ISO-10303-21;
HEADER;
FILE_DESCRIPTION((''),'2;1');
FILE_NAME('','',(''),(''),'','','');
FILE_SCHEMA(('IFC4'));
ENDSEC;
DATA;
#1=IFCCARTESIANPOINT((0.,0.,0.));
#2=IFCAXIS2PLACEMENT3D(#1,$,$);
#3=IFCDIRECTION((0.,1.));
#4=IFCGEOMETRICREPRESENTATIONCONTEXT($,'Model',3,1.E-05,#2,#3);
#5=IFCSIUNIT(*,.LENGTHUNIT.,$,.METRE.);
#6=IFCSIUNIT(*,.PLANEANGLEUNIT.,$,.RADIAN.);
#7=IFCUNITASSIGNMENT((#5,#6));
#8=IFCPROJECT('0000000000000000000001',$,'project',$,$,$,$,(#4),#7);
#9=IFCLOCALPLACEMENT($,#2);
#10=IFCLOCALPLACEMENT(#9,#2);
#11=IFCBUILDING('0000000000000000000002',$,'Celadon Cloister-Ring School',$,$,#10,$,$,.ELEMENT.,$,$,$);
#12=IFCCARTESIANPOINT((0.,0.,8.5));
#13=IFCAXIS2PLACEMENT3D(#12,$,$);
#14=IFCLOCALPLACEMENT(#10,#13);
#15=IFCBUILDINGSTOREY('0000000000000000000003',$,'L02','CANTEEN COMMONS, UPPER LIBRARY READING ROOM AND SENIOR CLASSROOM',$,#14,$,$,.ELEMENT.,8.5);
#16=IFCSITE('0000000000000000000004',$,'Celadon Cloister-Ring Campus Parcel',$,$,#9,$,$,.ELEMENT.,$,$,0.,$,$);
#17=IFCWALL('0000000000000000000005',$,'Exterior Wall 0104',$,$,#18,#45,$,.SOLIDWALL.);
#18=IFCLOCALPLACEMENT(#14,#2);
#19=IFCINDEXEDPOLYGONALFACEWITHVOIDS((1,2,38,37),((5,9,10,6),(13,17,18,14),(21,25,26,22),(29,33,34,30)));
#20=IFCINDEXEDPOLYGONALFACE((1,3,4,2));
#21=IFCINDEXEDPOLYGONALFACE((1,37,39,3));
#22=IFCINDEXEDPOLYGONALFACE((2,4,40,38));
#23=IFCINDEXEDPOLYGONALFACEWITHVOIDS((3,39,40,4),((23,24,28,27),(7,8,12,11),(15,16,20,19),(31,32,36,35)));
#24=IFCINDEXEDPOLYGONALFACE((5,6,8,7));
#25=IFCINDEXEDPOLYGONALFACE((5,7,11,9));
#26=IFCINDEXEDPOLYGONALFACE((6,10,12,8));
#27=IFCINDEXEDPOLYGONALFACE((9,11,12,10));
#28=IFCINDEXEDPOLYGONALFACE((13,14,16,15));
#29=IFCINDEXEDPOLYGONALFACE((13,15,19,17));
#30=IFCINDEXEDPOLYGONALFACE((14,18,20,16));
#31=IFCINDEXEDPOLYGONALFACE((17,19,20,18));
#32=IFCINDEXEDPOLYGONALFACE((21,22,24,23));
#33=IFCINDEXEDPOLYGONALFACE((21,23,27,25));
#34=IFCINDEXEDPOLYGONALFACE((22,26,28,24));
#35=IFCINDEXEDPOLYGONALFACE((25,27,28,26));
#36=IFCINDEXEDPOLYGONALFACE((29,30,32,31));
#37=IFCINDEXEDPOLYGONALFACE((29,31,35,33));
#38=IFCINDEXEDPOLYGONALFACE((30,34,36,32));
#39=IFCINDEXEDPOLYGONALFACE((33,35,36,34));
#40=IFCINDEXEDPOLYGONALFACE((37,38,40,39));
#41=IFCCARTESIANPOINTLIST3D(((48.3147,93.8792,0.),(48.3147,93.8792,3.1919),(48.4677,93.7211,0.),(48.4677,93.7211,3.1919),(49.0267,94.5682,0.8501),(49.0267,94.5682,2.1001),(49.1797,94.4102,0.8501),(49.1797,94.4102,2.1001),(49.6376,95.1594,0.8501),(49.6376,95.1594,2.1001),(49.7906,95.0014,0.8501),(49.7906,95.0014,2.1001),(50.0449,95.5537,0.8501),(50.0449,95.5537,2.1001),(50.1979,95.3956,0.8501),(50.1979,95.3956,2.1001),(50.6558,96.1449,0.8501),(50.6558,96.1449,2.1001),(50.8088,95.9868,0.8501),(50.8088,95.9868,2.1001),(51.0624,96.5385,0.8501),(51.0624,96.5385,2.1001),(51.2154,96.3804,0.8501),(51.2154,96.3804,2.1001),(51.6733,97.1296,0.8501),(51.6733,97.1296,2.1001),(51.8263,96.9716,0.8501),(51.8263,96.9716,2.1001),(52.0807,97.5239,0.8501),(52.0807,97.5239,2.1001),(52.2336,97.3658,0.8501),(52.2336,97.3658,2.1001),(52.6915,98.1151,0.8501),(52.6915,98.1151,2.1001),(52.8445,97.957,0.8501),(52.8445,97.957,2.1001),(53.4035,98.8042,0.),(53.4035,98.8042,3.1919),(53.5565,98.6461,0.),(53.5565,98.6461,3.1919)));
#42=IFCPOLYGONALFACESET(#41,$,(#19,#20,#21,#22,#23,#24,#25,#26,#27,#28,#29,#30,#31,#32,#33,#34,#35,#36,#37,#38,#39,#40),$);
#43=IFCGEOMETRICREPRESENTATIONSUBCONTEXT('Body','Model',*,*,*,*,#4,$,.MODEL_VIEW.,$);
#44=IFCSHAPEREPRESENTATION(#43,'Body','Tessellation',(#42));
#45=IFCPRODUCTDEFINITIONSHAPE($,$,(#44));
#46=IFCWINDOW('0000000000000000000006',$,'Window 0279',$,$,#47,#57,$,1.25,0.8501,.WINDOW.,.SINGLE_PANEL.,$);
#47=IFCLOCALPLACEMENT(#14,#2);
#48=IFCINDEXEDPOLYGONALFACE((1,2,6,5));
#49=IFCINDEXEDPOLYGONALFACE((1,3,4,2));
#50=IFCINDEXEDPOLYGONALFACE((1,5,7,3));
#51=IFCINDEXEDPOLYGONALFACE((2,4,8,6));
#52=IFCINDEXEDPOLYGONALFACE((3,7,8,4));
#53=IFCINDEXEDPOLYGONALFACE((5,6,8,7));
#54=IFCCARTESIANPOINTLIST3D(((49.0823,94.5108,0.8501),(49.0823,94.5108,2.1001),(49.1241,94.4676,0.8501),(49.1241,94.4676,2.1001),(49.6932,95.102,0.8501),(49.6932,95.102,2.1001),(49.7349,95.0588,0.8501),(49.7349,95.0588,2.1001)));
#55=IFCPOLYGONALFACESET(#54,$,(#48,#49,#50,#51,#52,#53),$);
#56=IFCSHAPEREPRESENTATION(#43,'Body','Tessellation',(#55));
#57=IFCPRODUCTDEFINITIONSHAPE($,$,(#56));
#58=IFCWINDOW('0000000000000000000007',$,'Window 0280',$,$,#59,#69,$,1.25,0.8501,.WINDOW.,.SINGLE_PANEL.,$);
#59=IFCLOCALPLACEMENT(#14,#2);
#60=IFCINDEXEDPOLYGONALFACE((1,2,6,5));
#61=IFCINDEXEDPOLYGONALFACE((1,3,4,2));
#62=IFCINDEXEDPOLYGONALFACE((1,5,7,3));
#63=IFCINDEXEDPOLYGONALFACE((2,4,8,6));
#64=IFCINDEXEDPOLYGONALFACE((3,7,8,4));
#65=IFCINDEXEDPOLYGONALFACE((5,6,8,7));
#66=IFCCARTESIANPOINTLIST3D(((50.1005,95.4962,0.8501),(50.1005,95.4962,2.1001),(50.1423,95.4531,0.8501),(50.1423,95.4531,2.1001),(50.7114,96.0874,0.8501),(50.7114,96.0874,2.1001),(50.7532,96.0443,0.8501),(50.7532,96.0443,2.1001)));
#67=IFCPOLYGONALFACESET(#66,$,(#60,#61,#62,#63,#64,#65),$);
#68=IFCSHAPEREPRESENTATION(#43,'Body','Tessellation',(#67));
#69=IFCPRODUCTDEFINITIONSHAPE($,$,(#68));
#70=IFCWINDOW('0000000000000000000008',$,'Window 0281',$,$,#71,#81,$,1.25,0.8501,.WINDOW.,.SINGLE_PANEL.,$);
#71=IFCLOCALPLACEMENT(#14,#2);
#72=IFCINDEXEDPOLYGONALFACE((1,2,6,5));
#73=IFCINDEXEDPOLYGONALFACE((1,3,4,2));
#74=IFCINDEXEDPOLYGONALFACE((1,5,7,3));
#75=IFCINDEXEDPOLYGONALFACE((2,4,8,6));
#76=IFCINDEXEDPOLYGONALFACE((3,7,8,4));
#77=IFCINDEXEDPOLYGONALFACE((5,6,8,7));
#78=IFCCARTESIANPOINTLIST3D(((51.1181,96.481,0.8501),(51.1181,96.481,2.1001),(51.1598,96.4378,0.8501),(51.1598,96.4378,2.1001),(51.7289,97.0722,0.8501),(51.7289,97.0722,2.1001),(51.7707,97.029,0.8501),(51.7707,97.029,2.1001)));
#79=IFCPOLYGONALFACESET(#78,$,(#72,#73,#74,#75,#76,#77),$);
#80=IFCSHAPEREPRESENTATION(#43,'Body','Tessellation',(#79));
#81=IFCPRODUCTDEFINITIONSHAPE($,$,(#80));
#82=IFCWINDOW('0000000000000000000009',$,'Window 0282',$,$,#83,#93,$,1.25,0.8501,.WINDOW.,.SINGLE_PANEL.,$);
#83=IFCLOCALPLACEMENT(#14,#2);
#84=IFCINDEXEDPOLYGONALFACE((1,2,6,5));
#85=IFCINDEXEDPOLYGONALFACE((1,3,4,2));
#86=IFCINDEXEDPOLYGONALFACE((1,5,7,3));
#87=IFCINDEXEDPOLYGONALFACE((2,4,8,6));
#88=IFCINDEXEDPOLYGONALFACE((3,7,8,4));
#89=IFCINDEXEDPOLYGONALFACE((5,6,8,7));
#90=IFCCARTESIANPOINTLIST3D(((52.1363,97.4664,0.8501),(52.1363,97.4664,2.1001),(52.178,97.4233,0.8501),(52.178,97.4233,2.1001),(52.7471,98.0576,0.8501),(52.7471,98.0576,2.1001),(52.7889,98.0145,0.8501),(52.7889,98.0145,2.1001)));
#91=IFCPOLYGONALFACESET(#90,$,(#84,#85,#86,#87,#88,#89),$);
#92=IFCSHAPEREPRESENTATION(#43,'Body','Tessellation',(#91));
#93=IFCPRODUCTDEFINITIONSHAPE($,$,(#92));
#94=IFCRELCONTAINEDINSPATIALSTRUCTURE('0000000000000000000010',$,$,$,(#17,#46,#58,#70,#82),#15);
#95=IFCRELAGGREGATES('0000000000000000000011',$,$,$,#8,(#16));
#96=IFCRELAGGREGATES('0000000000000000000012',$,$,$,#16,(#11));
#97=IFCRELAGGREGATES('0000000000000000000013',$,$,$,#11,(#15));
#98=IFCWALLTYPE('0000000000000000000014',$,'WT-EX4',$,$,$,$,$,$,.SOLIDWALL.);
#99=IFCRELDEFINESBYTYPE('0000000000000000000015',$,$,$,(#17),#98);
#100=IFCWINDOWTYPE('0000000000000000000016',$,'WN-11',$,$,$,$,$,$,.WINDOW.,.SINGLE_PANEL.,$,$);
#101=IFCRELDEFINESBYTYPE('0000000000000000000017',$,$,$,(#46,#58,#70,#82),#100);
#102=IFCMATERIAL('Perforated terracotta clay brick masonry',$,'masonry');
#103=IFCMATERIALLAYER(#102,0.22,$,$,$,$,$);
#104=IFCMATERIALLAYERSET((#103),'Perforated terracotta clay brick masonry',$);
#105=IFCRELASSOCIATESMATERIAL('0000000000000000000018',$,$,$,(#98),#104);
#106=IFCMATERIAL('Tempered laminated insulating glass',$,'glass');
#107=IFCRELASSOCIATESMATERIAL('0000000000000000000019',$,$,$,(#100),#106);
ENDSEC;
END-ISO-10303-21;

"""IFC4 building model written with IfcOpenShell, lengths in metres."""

from ifc_helpers import new_model, si_unit, direction, frame, frame_2d, origin, place, context, subcontext, project, spatial, rectangle, extrude, material, layer, layer_set, type_object, element, fill, save


model = new_model("IFC4")

# Units and contexts
model_context = context("Model", 3, precision=1e-05, world=origin(), true_north=direction((0.0, 1.0)))
body_context = subcontext(model_context, "Body", "Model", "MODEL_VIEW")
ifc_project = project(units=[si_unit("LENGTHUNIT", "METRE"), si_unit("PLANEANGLEUNIT", "RADIAN")], contexts=[model_context])

# Site, building, storey
site_placement = place(None, origin())
site = spatial("IfcSite", under=ifc_project, at=site_placement, Name="Celadon Cloister-Ring Campus Parcel", CompositionType="ELEMENT", RefElevation=0.0)
building_placement = place(site_placement, origin())
building = spatial("IfcBuilding", under=site, at=building_placement, Name="Celadon Cloister-Ring School", CompositionType="ELEMENT")
storey_placement = place(building_placement, frame((0.0, 0.0, 8.5)))
storey = spatial("IfcBuildingStorey", under=building, at=storey_placement, Name="L02", Description="CANTEEN COMMONS, UPPER LIBRARY READING ROOM AND SENIOR CLASSROOM", CompositionType="ELEMENT", Elevation=8.5)

# Wall, openings, windows
ifc_material_1 = material(Name="Perforated terracotta clay brick masonry", Category="masonry")
ifc_layer_1 = layer(ifc_material_1, 0.22)
ifc_layer_set_1 = layer_set([ifc_layer_1], Name="Perforated terracotta clay brick masonry")
wall_type_1 = type_object("IfcWallType", Name="WT-EX4", PredefinedType="SOLIDWALL", material=ifc_layer_set_1)
wall_1_placement = place(storey_placement, frame((48.3911, 93.8, 0.0), z_axis=(0.0, 0.0, 1.0), x_axis=(0.718578, 0.695446, 0.0)))
wall_1 = element("IfcWall", 1, at=wall_1_placement, inside=storey, type_object=wall_type_1, Name="Exterior Wall 0104", PredefinedType="SOLIDWALL", context=body_context, shape_type="SweptSolid", body=[
    extrude(rectangle(XDim=7.0818, YDim=0.22, at=frame_2d((3.541, 0.0))), origin(), (0.0, 0.0, 1.0), 3.1919),
])
opening_1_placement = place(wall_1_placement, frame((0.991, 0.0, 0.8501)))
opening_1 = element("IfcOpeningElement", 2, at=opening_1_placement, cuts=wall_1, PredefinedType="OPENING", context=body_context, shape_type="SweptSolid", body=[
    extrude(rectangle(XDim=0.8501, YDim=1.25, at=frame_2d((0.425, 0.625))), frame((0.0, 0.1201, 0.0), z_axis=(0.0, -1.0, 0.0), x_axis=(1.0, 0.0, 0.0)), (0.0, 0.0, 1.0), 0.24),
])
opening_2_placement = place(wall_1_placement, frame((2.408, 0.0, 0.8501)))
opening_2 = element("IfcOpeningElement", 3, at=opening_2_placement, cuts=wall_1, PredefinedType="OPENING", context=body_context, shape_type="SweptSolid", body=[
    extrude(rectangle(XDim=0.8501, YDim=1.25, at=frame_2d((0.425, 0.625))), frame((0.0, 0.1201, 0.0), z_axis=(0.0, -1.0, 0.0), x_axis=(1.0, 0.0, 0.0)), (0.0, 0.0, 1.0), 0.24),
])
opening_3_placement = place(wall_1_placement, frame((3.824, 0.0, 0.8501)))
opening_3 = element("IfcOpeningElement", 4, at=opening_3_placement, cuts=wall_1, PredefinedType="OPENING", context=body_context, shape_type="SweptSolid", body=[
    extrude(rectangle(XDim=0.8501, YDim=1.25, at=frame_2d((0.425, 0.625))), frame((0.0, 0.1201, 0.0), z_axis=(0.0, -1.0, 0.0), x_axis=(1.0, 0.0, 0.0)), (0.0, 0.0, 1.0), 0.24),
])
opening_4_placement = place(wall_1_placement, frame((5.241, 0.0, 0.8501)))
opening_4 = element("IfcOpeningElement", 5, at=opening_4_placement, cuts=wall_1, PredefinedType="OPENING", context=body_context, shape_type="SweptSolid", body=[
    extrude(rectangle(XDim=0.8501, YDim=1.25, at=frame_2d((0.425, 0.625))), frame((0.0, 0.1201, 0.0), z_axis=(0.0, -1.0, 0.0), x_axis=(1.0, 0.0, 0.0)), (0.0, 0.0, 1.0), 0.24),
])
ifc_material_2 = material(Name="Tempered laminated insulating glass", Category="glass")
window_type = type_object("IfcWindowType", Name="WN-11", PartitioningType="SINGLE_PANEL", PredefinedType="WINDOW", material=ifc_material_2)
window_1_placement = place(opening_1_placement, origin())
window_1 = element("IfcWindow", 6, at=window_1_placement, inside=storey, type_object=window_type, Name="Window 0279", OverallHeight=1.25, OverallWidth=0.8501, PartitioningType="SINGLE_PANEL", PredefinedType="WINDOW", context=body_context, shape_type="SweptSolid", body=[
    extrude(rectangle(XDim=0.8501, YDim=1.25, at=frame_2d((0.425, 0.625))), frame((0.0, 0.03, 0.0), z_axis=(0.0, -1.0, 0.0), x_axis=(1.0, 0.0, 0.0)), (0.0, 0.0, 1.0), 0.0601),
])
fill(opening_1, window_1)
window_2_placement = place(opening_2_placement, origin())
window_2 = element("IfcWindow", 7, at=window_2_placement, inside=storey, type_object=window_type, Name="Window 0280", OverallHeight=1.25, OverallWidth=0.8501, PartitioningType="SINGLE_PANEL", PredefinedType="WINDOW", context=body_context, shape_type="SweptSolid", body=[
    extrude(rectangle(XDim=0.8501, YDim=1.25, at=frame_2d((0.425, 0.625))), frame((0.0, 0.03, 0.0), z_axis=(0.0, -1.0, 0.0), x_axis=(1.0, 0.0, 0.0)), (0.0, 0.0, 1.0), 0.0601),
])
fill(opening_2, window_2)
window_3_placement = place(opening_3_placement, origin())
window_3 = element("IfcWindow", 8, at=window_3_placement, inside=storey, type_object=window_type, Name="Window 0281", OverallHeight=1.25, OverallWidth=0.8501, PartitioningType="SINGLE_PANEL", PredefinedType="WINDOW", context=body_context, shape_type="SweptSolid", body=[
    extrude(rectangle(XDim=0.8501, YDim=1.25, at=frame_2d((0.425, 0.625))), frame((0.0, 0.03, 0.0), z_axis=(0.0, -1.0, 0.0), x_axis=(1.0, 0.0, 0.0)), (0.0, 0.0, 1.0), 0.0601),
])
fill(opening_3, window_3)
window_4_placement = place(opening_4_placement, origin())
window_4 = element("IfcWindow", 9, at=window_4_placement, inside=storey, type_object=window_type, Name="Window 0282", OverallHeight=1.25, OverallWidth=0.8501, PartitioningType="SINGLE_PANEL", PredefinedType="WINDOW", context=body_context, shape_type="SweptSolid", body=[
    extrude(rectangle(XDim=0.8501, YDim=1.25, at=frame_2d((0.425, 0.625))), frame((0.0, 0.03, 0.0), z_axis=(0.0, -1.0, 0.0), x_axis=(1.0, 0.0, 0.0)), (0.0, 0.0, 1.0), 0.0601),
])
fill(opening_4, window_4)

save(model, "model.ifc")
